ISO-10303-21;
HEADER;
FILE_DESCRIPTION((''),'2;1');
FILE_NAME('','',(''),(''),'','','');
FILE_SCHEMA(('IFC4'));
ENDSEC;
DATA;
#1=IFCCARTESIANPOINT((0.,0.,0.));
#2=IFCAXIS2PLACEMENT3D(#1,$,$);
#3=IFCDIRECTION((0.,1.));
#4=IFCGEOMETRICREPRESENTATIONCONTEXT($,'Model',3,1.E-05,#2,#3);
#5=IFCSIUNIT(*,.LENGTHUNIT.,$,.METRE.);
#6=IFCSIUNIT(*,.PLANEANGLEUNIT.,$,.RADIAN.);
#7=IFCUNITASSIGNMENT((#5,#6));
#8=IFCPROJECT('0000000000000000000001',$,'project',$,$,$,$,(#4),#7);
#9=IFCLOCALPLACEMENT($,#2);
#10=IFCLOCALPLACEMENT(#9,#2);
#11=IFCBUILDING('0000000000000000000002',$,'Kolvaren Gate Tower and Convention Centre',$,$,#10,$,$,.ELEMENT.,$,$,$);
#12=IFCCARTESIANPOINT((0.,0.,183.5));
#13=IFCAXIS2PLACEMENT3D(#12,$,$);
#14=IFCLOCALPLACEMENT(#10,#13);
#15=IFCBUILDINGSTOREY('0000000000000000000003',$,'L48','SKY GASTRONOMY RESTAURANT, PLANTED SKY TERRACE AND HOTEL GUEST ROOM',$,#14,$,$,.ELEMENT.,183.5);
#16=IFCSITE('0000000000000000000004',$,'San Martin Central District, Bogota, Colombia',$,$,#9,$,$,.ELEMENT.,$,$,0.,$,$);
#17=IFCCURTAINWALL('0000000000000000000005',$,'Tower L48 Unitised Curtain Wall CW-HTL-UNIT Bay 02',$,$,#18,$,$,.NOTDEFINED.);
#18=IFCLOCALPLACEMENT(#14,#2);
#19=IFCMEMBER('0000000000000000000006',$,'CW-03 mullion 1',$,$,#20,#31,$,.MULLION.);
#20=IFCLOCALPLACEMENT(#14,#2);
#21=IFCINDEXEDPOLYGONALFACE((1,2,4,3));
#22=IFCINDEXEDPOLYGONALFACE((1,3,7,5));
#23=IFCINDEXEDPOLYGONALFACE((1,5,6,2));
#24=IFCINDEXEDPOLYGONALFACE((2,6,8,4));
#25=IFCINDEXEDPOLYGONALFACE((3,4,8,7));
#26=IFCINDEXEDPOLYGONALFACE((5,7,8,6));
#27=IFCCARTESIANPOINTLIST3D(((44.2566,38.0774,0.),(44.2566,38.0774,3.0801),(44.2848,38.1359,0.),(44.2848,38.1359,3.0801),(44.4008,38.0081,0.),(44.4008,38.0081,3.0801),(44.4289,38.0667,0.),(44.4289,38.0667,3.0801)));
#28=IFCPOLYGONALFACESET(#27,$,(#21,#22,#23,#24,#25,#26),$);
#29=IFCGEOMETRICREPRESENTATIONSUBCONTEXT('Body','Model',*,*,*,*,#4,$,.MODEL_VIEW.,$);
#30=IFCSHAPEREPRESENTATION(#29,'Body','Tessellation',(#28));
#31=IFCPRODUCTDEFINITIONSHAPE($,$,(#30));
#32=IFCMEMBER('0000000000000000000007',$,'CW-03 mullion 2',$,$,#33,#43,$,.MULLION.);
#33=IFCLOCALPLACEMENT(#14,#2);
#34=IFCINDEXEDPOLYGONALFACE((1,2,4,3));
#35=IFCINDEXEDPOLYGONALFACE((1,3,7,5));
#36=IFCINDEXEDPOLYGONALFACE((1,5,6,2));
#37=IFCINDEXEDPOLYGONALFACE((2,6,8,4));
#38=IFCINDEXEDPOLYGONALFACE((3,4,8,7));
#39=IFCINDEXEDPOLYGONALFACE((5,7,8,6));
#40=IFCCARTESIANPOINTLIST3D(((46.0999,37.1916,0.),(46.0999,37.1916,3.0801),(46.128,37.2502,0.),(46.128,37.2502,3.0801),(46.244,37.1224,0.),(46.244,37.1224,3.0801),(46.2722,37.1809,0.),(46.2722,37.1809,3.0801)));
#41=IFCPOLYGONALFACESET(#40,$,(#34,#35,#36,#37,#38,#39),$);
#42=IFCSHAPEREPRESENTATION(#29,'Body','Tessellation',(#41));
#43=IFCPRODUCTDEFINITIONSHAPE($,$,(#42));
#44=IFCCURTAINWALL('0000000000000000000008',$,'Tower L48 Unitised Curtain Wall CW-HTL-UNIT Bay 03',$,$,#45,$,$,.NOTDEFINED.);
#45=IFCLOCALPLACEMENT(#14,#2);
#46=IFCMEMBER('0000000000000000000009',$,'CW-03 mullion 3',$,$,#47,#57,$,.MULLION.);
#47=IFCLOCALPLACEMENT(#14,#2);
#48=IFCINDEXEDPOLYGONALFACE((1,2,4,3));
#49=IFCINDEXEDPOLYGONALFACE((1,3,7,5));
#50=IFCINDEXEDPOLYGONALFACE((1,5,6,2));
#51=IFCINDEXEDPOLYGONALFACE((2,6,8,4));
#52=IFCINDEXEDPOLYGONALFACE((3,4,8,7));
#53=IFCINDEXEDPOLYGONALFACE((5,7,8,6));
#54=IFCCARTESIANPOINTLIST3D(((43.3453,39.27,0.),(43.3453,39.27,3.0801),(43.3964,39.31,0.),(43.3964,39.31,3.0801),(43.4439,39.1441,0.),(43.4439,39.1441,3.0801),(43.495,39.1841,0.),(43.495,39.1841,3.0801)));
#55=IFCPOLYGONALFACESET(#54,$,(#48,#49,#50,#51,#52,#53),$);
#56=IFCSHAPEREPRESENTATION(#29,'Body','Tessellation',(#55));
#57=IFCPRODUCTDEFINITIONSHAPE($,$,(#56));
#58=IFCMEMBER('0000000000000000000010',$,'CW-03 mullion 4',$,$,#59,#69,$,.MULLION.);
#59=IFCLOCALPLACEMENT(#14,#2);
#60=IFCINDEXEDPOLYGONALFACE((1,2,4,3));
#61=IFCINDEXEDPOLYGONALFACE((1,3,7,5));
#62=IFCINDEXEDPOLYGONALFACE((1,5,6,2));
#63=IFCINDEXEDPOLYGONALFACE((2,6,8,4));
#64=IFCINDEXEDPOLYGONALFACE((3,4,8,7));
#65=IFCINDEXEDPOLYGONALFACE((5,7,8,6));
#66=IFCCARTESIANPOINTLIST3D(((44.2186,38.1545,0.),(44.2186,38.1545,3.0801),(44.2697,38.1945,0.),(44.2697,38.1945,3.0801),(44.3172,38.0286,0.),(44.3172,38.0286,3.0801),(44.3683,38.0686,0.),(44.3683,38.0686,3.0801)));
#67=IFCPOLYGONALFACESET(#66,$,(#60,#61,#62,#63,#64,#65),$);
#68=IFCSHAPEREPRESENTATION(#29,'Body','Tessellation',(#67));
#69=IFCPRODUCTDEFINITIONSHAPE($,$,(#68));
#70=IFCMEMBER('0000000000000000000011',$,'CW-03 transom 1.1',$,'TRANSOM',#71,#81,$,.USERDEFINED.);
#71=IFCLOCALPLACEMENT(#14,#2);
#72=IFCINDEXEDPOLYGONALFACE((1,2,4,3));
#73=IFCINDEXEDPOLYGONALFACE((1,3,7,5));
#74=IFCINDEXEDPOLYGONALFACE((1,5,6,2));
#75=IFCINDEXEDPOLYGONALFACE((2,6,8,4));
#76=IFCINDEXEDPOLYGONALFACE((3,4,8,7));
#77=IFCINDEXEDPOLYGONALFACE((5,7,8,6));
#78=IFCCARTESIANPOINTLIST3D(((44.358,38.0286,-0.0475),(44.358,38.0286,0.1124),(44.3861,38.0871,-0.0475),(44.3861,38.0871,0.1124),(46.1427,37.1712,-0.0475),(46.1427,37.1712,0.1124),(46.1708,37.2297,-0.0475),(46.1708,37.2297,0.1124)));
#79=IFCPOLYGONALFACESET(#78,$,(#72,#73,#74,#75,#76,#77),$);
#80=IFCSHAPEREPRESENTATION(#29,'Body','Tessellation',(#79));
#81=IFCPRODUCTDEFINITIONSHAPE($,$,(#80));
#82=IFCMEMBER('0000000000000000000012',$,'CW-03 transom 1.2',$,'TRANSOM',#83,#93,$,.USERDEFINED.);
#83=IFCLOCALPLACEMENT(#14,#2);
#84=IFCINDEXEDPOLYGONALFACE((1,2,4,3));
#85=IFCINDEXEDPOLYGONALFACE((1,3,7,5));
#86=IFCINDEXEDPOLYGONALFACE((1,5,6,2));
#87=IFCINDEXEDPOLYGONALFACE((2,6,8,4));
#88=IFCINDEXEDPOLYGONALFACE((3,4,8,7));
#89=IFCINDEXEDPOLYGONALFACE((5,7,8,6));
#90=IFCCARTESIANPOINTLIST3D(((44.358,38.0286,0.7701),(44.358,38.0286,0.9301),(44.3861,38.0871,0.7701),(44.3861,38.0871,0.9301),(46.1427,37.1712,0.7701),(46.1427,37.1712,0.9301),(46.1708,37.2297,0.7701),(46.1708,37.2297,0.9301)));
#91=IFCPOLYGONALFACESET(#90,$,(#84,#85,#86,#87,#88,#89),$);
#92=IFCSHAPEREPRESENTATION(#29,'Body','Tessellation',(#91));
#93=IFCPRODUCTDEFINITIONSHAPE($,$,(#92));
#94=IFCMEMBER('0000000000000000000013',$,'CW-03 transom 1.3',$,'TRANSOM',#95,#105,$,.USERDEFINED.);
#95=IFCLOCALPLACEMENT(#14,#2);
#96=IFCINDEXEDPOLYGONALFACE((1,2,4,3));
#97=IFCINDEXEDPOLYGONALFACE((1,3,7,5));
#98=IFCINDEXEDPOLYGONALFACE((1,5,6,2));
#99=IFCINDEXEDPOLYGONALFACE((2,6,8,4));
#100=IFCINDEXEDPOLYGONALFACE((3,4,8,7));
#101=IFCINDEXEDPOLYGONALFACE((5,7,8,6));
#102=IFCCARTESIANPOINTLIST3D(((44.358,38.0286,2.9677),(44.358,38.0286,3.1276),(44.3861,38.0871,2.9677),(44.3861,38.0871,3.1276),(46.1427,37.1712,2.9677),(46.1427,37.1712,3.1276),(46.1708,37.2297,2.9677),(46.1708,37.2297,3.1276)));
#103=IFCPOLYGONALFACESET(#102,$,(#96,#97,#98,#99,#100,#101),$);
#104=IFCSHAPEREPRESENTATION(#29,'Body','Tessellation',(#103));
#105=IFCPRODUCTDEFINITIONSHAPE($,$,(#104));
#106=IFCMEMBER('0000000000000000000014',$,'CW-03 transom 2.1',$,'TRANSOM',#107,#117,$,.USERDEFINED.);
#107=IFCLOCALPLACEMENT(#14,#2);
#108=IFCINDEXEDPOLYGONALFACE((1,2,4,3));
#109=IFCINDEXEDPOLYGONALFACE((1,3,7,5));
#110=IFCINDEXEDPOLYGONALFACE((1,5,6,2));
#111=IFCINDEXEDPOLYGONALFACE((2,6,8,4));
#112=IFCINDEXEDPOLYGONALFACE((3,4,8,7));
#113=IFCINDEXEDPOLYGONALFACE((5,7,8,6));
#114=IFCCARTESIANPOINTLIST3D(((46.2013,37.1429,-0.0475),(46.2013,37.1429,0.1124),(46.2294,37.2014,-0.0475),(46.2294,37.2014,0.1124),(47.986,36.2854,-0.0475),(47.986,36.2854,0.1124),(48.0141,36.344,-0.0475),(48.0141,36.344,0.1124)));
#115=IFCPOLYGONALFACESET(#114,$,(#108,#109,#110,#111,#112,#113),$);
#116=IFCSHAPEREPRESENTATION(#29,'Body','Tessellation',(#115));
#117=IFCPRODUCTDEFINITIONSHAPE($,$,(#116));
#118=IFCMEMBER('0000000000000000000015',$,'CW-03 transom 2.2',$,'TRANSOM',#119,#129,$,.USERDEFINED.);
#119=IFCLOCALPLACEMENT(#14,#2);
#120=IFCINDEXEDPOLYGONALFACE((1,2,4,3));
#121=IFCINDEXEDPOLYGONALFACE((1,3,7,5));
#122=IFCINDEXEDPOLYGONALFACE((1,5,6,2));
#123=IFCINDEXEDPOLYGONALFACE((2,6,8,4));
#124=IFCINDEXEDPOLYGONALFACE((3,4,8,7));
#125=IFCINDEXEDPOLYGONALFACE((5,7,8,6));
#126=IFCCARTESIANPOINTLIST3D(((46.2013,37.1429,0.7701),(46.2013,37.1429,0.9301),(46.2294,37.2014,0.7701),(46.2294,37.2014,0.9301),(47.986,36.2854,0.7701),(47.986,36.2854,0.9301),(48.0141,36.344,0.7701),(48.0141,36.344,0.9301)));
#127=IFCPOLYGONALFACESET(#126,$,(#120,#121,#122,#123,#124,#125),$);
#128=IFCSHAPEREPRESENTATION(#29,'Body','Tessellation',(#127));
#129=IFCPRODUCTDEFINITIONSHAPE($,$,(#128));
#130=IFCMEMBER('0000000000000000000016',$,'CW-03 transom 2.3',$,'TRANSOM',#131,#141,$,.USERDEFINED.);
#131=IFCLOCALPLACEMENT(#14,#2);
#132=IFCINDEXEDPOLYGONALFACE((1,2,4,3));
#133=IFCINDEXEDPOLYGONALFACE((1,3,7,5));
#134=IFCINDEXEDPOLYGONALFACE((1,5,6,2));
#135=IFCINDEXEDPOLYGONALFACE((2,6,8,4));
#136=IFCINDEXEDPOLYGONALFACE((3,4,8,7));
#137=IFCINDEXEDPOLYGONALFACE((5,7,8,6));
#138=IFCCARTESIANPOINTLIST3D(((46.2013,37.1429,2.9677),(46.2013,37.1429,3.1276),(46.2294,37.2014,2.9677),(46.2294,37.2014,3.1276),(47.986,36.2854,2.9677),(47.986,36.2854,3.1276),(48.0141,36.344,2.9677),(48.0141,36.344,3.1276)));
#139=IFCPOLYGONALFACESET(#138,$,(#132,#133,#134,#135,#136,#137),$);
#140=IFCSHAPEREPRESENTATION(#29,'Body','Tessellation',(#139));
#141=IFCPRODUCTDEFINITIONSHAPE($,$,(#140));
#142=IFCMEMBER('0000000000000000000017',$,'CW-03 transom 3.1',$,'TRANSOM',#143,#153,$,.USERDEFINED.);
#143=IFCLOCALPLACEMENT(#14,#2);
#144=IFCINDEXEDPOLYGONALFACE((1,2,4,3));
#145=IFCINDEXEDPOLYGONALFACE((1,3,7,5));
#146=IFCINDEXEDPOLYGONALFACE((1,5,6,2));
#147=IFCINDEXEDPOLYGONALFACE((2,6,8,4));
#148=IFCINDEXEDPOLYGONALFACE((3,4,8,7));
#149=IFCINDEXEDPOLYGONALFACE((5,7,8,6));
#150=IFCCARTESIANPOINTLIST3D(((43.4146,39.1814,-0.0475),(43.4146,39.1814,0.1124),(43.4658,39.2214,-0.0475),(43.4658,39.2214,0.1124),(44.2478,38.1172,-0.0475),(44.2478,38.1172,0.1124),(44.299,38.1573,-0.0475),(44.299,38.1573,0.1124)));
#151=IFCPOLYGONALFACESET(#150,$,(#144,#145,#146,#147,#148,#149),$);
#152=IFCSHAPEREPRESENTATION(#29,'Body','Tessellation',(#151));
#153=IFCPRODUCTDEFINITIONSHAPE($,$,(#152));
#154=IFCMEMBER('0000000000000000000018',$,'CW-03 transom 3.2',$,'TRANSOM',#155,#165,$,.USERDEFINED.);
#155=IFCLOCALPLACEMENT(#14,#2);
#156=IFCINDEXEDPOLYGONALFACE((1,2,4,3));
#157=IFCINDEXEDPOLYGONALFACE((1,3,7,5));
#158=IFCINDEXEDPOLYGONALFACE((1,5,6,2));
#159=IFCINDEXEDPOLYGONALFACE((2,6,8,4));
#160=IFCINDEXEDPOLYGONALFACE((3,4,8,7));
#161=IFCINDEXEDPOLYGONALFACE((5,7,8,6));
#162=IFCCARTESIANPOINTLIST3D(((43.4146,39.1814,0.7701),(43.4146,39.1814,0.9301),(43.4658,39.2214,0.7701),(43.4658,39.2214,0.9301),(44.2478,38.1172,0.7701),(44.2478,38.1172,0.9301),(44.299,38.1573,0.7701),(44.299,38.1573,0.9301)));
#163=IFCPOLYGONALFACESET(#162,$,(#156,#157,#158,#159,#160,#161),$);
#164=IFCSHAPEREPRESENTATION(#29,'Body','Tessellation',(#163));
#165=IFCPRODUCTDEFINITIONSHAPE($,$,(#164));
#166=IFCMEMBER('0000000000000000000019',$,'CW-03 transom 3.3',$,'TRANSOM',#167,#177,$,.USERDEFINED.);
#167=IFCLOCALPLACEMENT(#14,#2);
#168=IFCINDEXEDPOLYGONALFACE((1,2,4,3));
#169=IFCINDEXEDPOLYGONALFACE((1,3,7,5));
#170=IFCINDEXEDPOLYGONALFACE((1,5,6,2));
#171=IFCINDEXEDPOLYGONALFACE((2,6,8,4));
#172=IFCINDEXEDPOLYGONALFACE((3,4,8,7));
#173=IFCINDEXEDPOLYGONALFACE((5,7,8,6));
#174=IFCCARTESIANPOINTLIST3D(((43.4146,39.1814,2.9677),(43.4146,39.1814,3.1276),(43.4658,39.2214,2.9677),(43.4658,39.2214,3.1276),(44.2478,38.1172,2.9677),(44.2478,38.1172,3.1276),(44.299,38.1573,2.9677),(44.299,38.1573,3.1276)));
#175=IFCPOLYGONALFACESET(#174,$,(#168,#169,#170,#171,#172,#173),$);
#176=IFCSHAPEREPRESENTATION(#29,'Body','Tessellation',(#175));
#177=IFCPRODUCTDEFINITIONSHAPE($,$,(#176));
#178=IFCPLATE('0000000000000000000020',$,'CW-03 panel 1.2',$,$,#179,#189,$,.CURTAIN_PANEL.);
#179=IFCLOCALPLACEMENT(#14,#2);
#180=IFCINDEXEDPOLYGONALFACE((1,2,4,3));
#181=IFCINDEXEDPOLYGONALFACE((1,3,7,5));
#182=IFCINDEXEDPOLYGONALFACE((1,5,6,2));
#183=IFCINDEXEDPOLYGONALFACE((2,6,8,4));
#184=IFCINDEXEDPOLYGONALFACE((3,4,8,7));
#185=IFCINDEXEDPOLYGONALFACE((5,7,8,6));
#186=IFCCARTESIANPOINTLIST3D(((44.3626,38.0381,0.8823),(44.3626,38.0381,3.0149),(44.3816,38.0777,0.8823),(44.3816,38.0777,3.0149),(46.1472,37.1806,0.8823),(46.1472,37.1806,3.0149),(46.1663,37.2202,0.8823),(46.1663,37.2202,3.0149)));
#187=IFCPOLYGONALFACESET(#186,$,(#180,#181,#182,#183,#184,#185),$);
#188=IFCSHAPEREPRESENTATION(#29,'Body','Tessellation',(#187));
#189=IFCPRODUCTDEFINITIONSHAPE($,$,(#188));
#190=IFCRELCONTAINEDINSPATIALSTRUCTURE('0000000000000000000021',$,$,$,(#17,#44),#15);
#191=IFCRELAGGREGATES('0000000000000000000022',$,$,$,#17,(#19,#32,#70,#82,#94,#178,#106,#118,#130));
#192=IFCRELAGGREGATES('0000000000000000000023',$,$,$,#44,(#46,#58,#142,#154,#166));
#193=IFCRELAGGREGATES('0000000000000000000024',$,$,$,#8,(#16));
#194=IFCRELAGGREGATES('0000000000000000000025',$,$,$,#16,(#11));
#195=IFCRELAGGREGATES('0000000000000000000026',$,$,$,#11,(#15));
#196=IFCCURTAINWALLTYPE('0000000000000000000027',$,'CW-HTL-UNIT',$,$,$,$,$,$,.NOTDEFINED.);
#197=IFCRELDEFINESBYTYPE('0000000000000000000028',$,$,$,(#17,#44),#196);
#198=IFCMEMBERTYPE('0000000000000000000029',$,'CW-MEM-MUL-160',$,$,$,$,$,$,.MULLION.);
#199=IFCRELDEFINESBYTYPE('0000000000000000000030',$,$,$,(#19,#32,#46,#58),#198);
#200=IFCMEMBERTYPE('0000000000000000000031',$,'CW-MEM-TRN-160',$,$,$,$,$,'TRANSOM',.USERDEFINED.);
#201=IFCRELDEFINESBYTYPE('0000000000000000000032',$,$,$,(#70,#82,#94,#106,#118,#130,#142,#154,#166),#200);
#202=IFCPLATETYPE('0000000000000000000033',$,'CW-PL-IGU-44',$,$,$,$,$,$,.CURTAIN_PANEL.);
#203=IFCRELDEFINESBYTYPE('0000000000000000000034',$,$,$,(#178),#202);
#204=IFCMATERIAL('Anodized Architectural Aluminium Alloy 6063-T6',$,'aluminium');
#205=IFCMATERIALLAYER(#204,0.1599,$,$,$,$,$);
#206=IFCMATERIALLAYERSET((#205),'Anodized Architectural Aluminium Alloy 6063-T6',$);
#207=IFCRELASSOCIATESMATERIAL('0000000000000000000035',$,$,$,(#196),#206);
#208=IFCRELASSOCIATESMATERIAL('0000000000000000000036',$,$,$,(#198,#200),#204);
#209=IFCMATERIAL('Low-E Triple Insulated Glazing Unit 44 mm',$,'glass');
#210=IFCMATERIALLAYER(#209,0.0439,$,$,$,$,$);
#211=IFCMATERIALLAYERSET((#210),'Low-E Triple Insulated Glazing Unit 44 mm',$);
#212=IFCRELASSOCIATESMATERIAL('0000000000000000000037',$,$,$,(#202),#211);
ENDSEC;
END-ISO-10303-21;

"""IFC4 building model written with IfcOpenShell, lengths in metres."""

from ifc_helpers import new_model, si_unit, direction, frame, origin, origin_2d, place, context, subcontext, project, spatial, rectangle, extrude, material, layer, layer_set, material_profile, profile_set, type_object, element, aggregate, save


model = new_model("IFC4")

# Units and contexts
model_context = context("Model", 3, precision=1e-05, world=origin(), true_north=direction((0.0, 1.0)))
body_context = subcontext(model_context, "Body", "Model", "MODEL_VIEW")
ifc_project = project(units=[si_unit("LENGTHUNIT", "METRE"), si_unit("PLANEANGLEUNIT", "RADIAN")], contexts=[model_context])

# Site, building, storey
site_placement = place(None, origin())
site = spatial("IfcSite", under=ifc_project, at=site_placement, Name="San Martin Central District, Bogota, Colombia", CompositionType="ELEMENT", RefElevation=0.0)
building_placement = place(site_placement, origin())
building = spatial("IfcBuilding", under=site, at=building_placement, Name="Kolvaren Gate Tower and Convention Centre", CompositionType="ELEMENT")
storey_placement = place(building_placement, frame((0.0, 0.0, 183.5)))
storey = spatial("IfcBuildingStorey", under=building, at=storey_placement, Name="L48", Description="SKY GASTRONOMY RESTAURANT, PLANTED SKY TERRACE AND HOTEL GUEST ROOM", CompositionType="ELEMENT", Elevation=183.5)

# Curtain walls, members
ifc_material_1 = material(Name="Anodized Architectural Aluminium Alloy 6063-T6", Category="aluminium")
ifc_layer_1 = layer(ifc_material_1, 0.1599)
ifc_layer_set_1 = layer_set([ifc_layer_1], Name="Anodized Architectural Aluminium Alloy 6063-T6")
curtain_wall_type = type_object("IfcCurtainWallType", Name="CW-HTL-UNIT", PredefinedType="NOTDEFINED", material=ifc_layer_set_1)
curtain_wall_1_placement = place(storey_placement, origin())
curtain_wall_1 = element("IfcCurtainWall", 1, at=curtain_wall_1_placement, inside=storey, type_object=curtain_wall_type, Name="Tower L48 Unitised Curtain Wall CW-HTL-UNIT Bay 02", PredefinedType="NOTDEFINED")
ifc_material_profile_1 = material_profile(ifc_material_1, rectangle(XDim=0.0649, YDim=0.1599, at=origin_2d()), Name="CW-MEM-MUL-160")
ifc_profile_set_1 = profile_set([ifc_material_profile_1], Name="Anodized Architectural Aluminium Alloy 6063-T6")
member_type_1 = type_object("IfcMemberType", Name="CW-MEM-MUL-160", PredefinedType="MULLION", material=ifc_profile_set_1)
member_1_placement = place(storey_placement, frame((44.3428, 38.072, 0.0), z_axis=(0.0, 0.0, 1.0), x_axis=(0.433074, 0.901358, 0.0)))
member_1 = element("IfcMember", 2, at=member_1_placement, type_object=member_type_1, Name="CW-03 mullion 1", PredefinedType="MULLION", context=body_context, shape_type="SweptSolid", body=[
    extrude(rectangle(XDim=0.0649, YDim=0.1599, at=origin_2d()), origin(), (0.0, 0.0, 1.0), 3.0801),
])
member_2_placement = place(storey_placement, frame((46.186, 37.1863, 0.0), z_axis=(0.0, 0.0, 1.0), x_axis=(0.433074, 0.901358, 0.0)))
member_2 = element("IfcMember", 3, at=member_2_placement, type_object=member_type_1, Name="CW-03 mullion 2", PredefinedType="MULLION", context=body_context, shape_type="SweptSolid", body=[
    extrude(rectangle(XDim=0.0649, YDim=0.1599, at=origin_2d()), origin(), (0.0, 0.0, 1.0), 3.0801),
])
curtain_wall_2_placement = place(storey_placement, origin())
curtain_wall_2 = element("IfcCurtainWall", 4, at=curtain_wall_2_placement, inside=storey, type_object=curtain_wall_type, Name="Tower L48 Unitised Curtain Wall CW-HTL-UNIT Bay 03", PredefinedType="NOTDEFINED")
member_3_placement = place(storey_placement, frame((43.4202, 39.2271, 0.0), z_axis=(0.0, 0.0, 1.0), x_axis=(0.787404, 0.616438, 0.0)))
member_3 = element("IfcMember", 5, at=member_3_placement, type_object=member_type_1, Name="CW-03 mullion 3", PredefinedType="MULLION", context=body_context, shape_type="SweptSolid", body=[
    extrude(rectangle(XDim=0.0649, YDim=0.1599, at=origin_2d()), origin(), (0.0, 0.0, 1.0), 3.0801),
])
member_4_placement = place(storey_placement, frame((44.2935, 38.1116, 0.0), z_axis=(0.0, 0.0, 1.0), x_axis=(0.787404, 0.616438, 0.0)))
member_4 = element("IfcMember", 6, at=member_4_placement, type_object=member_type_1, Name="CW-03 mullion 4", PredefinedType="MULLION", context=body_context, shape_type="SweptSolid", body=[
    extrude(rectangle(XDim=0.0649, YDim=0.1599, at=origin_2d()), origin(), (0.0, 0.0, 1.0), 3.0801),
])

# Members
ifc_material_profile_2 = material_profile(ifc_material_1, rectangle(XDim=0.0649, YDim=0.1599, at=origin_2d()), Name="CW-MEM-TRN-160")
ifc_profile_set_2 = profile_set([ifc_material_profile_2], Name="Anodized Architectural Aluminium Alloy 6063-T6")
member_type_2 = type_object("IfcMemberType", Name="CW-MEM-TRN-160", ElementType="TRANSOM", PredefinedType="USERDEFINED", material=ifc_profile_set_2)
member_5_placement = place(storey_placement, frame((44.3721, 38.0579, 0.0325), z_axis=(0.901369, -0.433052, 0.0), x_axis=(0.433052, 0.901369, 0.0)))
member_5 = element("IfcMember", 7, at=member_5_placement, type_object=member_type_2, Name="CW-03 transom 1.1", ObjectType="TRANSOM", PredefinedType="USERDEFINED", context=body_context, shape_type="SweptSolid", body=[
    extrude(rectangle(XDim=0.0649, YDim=0.1599, at=origin_2d()), origin(), (0.0, 0.0, 1.0), 1.98),
])
member_6_placement = place(storey_placement, frame((44.3721, 38.0579, 0.8501), z_axis=(0.901369, -0.433052, 0.0), x_axis=(0.433052, 0.901369, 0.0)))
member_6 = element("IfcMember", 8, at=member_6_placement, type_object=member_type_2, Name="CW-03 transom 1.2", ObjectType="TRANSOM", PredefinedType="USERDEFINED", context=body_context, shape_type="SweptSolid", body=[
    extrude(rectangle(XDim=0.0649, YDim=0.1599, at=origin_2d()), origin(), (0.0, 0.0, 1.0), 1.98),
])
member_7_placement = place(storey_placement, frame((44.3721, 38.0579, 3.0476), z_axis=(0.901369, -0.433052, 0.0), x_axis=(0.433052, 0.901369, 0.0)))
member_7 = element("IfcMember", 9, at=member_7_placement, type_object=member_type_2, Name="CW-03 transom 1.3", ObjectType="TRANSOM", PredefinedType="USERDEFINED", context=body_context, shape_type="SweptSolid", body=[
    extrude(rectangle(XDim=0.0649, YDim=0.1599, at=origin_2d()), origin(), (0.0, 0.0, 1.0), 1.98),
])
member_8_placement = place(storey_placement, frame((46.2153, 37.1721, 0.0325), z_axis=(0.901369, -0.433052, 0.0), x_axis=(0.433052, 0.901369, 0.0)))
member_8 = element("IfcMember", 10, at=member_8_placement, type_object=member_type_2, Name="CW-03 transom 2.1", ObjectType="TRANSOM", PredefinedType="USERDEFINED", context=body_context, shape_type="SweptSolid", body=[
    extrude(rectangle(XDim=0.0649, YDim=0.1599, at=origin_2d()), origin(), (0.0, 0.0, 1.0), 1.98),
])
member_9_placement = place(storey_placement, frame((46.2153, 37.1721, 0.8501), z_axis=(0.901369, -0.433052, 0.0), x_axis=(0.433052, 0.901369, 0.0)))
member_9 = element("IfcMember", 11, at=member_9_placement, type_object=member_type_2, Name="CW-03 transom 2.2", ObjectType="TRANSOM", PredefinedType="USERDEFINED", context=body_context, shape_type="SweptSolid", body=[
    extrude(rectangle(XDim=0.0649, YDim=0.1599, at=origin_2d()), origin(), (0.0, 0.0, 1.0), 1.98),
])
member_10_placement = place(storey_placement, frame((46.2153, 37.1721, 3.0476), z_axis=(0.901369, -0.433052, 0.0), x_axis=(0.433052, 0.901369, 0.0)))
member_10 = element("IfcMember", 12, at=member_10_placement, type_object=member_type_2, Name="CW-03 transom 2.3", ObjectType="TRANSOM", PredefinedType="USERDEFINED", context=body_context, shape_type="SweptSolid", body=[
    extrude(rectangle(XDim=0.0649, YDim=0.1599, at=origin_2d()), origin(), (0.0, 0.0, 1.0), 1.98),
])
member_11_placement = place(storey_placement, frame((43.4402, 39.2014, 0.0325), z_axis=(0.616488, -0.787364, 0.0), x_axis=(0.787364, 0.616488, 0.0)))
member_11 = element("IfcMember", 13, at=member_11_placement, type_object=member_type_2, Name="CW-03 transom 3.1", ObjectType="TRANSOM", PredefinedType="USERDEFINED", context=body_context, shape_type="SweptSolid", body=[
    extrude(rectangle(XDim=0.0649, YDim=0.1599, at=origin_2d()), origin(), (0.0, 0.0, 1.0), 1.3516),
])
member_12_placement = place(storey_placement, frame((43.4402, 39.2014, 0.8501), z_axis=(0.616488, -0.787364, 0.0), x_axis=(0.787364, 0.616488, 0.0)))
member_12 = element("IfcMember", 14, at=member_12_placement, type_object=member_type_2, Name="CW-03 transom 3.2", ObjectType="TRANSOM", PredefinedType="USERDEFINED", context=body_context, shape_type="SweptSolid", body=[
    extrude(rectangle(XDim=0.0649, YDim=0.1599, at=origin_2d()), origin(), (0.0, 0.0, 1.0), 1.3516),
])
member_13_placement = place(storey_placement, frame((43.4402, 39.2014, 3.0476), z_axis=(0.616488, -0.787364, 0.0), x_axis=(0.787364, 0.616488, 0.0)))
member_13 = element("IfcMember", 15, at=member_13_placement, type_object=member_type_2, Name="CW-03 transom 3.3", ObjectType="TRANSOM", PredefinedType="USERDEFINED", context=body_context, shape_type="SweptSolid", body=[
    extrude(rectangle(XDim=0.0649, YDim=0.1599, at=origin_2d()), origin(), (0.0, 0.0, 1.0), 1.3516),
])

# Plate
ifc_material_2 = material(Name="Low-E Triple Insulated Glazing Unit 44 mm", Category="glass")
ifc_layer_2 = layer(ifc_material_2, 0.0439)
ifc_layer_set_2 = layer_set([ifc_layer_2], Name="Low-E Triple Insulated Glazing Unit 44 mm")
plate_type_1 = type_object("IfcPlateType", Name="CW-PL-IGU-44", PredefinedType="CURTAIN_PANEL", material=ifc_layer_set_2)
plate_1_placement = place(storey_placement, frame((45.2644, 37.6292, 0.8823), z_axis=(0.0, 0.0, 1.0), x_axis=(0.901358, -0.433074, 0.0)))
plate_1 = element("IfcPlate", 16, at=plate_1_placement, type_object=plate_type_1, Name="CW-03 panel 1.2", PredefinedType="CURTAIN_PANEL", context=body_context, shape_type="SweptSolid", body=[
    extrude(rectangle(XDim=1.98, YDim=0.0439, at=origin_2d()), origin(), (0.0, 0.0, 1.0), 2.1326),
])
aggregate(curtain_wall_1, [member_1, member_2, member_5, member_6, member_7, plate_1, member_8, member_9, member_10])
aggregate(curtain_wall_2, [member_3, member_4, member_11, member_12, member_13])

save(model, "model.ifc")
